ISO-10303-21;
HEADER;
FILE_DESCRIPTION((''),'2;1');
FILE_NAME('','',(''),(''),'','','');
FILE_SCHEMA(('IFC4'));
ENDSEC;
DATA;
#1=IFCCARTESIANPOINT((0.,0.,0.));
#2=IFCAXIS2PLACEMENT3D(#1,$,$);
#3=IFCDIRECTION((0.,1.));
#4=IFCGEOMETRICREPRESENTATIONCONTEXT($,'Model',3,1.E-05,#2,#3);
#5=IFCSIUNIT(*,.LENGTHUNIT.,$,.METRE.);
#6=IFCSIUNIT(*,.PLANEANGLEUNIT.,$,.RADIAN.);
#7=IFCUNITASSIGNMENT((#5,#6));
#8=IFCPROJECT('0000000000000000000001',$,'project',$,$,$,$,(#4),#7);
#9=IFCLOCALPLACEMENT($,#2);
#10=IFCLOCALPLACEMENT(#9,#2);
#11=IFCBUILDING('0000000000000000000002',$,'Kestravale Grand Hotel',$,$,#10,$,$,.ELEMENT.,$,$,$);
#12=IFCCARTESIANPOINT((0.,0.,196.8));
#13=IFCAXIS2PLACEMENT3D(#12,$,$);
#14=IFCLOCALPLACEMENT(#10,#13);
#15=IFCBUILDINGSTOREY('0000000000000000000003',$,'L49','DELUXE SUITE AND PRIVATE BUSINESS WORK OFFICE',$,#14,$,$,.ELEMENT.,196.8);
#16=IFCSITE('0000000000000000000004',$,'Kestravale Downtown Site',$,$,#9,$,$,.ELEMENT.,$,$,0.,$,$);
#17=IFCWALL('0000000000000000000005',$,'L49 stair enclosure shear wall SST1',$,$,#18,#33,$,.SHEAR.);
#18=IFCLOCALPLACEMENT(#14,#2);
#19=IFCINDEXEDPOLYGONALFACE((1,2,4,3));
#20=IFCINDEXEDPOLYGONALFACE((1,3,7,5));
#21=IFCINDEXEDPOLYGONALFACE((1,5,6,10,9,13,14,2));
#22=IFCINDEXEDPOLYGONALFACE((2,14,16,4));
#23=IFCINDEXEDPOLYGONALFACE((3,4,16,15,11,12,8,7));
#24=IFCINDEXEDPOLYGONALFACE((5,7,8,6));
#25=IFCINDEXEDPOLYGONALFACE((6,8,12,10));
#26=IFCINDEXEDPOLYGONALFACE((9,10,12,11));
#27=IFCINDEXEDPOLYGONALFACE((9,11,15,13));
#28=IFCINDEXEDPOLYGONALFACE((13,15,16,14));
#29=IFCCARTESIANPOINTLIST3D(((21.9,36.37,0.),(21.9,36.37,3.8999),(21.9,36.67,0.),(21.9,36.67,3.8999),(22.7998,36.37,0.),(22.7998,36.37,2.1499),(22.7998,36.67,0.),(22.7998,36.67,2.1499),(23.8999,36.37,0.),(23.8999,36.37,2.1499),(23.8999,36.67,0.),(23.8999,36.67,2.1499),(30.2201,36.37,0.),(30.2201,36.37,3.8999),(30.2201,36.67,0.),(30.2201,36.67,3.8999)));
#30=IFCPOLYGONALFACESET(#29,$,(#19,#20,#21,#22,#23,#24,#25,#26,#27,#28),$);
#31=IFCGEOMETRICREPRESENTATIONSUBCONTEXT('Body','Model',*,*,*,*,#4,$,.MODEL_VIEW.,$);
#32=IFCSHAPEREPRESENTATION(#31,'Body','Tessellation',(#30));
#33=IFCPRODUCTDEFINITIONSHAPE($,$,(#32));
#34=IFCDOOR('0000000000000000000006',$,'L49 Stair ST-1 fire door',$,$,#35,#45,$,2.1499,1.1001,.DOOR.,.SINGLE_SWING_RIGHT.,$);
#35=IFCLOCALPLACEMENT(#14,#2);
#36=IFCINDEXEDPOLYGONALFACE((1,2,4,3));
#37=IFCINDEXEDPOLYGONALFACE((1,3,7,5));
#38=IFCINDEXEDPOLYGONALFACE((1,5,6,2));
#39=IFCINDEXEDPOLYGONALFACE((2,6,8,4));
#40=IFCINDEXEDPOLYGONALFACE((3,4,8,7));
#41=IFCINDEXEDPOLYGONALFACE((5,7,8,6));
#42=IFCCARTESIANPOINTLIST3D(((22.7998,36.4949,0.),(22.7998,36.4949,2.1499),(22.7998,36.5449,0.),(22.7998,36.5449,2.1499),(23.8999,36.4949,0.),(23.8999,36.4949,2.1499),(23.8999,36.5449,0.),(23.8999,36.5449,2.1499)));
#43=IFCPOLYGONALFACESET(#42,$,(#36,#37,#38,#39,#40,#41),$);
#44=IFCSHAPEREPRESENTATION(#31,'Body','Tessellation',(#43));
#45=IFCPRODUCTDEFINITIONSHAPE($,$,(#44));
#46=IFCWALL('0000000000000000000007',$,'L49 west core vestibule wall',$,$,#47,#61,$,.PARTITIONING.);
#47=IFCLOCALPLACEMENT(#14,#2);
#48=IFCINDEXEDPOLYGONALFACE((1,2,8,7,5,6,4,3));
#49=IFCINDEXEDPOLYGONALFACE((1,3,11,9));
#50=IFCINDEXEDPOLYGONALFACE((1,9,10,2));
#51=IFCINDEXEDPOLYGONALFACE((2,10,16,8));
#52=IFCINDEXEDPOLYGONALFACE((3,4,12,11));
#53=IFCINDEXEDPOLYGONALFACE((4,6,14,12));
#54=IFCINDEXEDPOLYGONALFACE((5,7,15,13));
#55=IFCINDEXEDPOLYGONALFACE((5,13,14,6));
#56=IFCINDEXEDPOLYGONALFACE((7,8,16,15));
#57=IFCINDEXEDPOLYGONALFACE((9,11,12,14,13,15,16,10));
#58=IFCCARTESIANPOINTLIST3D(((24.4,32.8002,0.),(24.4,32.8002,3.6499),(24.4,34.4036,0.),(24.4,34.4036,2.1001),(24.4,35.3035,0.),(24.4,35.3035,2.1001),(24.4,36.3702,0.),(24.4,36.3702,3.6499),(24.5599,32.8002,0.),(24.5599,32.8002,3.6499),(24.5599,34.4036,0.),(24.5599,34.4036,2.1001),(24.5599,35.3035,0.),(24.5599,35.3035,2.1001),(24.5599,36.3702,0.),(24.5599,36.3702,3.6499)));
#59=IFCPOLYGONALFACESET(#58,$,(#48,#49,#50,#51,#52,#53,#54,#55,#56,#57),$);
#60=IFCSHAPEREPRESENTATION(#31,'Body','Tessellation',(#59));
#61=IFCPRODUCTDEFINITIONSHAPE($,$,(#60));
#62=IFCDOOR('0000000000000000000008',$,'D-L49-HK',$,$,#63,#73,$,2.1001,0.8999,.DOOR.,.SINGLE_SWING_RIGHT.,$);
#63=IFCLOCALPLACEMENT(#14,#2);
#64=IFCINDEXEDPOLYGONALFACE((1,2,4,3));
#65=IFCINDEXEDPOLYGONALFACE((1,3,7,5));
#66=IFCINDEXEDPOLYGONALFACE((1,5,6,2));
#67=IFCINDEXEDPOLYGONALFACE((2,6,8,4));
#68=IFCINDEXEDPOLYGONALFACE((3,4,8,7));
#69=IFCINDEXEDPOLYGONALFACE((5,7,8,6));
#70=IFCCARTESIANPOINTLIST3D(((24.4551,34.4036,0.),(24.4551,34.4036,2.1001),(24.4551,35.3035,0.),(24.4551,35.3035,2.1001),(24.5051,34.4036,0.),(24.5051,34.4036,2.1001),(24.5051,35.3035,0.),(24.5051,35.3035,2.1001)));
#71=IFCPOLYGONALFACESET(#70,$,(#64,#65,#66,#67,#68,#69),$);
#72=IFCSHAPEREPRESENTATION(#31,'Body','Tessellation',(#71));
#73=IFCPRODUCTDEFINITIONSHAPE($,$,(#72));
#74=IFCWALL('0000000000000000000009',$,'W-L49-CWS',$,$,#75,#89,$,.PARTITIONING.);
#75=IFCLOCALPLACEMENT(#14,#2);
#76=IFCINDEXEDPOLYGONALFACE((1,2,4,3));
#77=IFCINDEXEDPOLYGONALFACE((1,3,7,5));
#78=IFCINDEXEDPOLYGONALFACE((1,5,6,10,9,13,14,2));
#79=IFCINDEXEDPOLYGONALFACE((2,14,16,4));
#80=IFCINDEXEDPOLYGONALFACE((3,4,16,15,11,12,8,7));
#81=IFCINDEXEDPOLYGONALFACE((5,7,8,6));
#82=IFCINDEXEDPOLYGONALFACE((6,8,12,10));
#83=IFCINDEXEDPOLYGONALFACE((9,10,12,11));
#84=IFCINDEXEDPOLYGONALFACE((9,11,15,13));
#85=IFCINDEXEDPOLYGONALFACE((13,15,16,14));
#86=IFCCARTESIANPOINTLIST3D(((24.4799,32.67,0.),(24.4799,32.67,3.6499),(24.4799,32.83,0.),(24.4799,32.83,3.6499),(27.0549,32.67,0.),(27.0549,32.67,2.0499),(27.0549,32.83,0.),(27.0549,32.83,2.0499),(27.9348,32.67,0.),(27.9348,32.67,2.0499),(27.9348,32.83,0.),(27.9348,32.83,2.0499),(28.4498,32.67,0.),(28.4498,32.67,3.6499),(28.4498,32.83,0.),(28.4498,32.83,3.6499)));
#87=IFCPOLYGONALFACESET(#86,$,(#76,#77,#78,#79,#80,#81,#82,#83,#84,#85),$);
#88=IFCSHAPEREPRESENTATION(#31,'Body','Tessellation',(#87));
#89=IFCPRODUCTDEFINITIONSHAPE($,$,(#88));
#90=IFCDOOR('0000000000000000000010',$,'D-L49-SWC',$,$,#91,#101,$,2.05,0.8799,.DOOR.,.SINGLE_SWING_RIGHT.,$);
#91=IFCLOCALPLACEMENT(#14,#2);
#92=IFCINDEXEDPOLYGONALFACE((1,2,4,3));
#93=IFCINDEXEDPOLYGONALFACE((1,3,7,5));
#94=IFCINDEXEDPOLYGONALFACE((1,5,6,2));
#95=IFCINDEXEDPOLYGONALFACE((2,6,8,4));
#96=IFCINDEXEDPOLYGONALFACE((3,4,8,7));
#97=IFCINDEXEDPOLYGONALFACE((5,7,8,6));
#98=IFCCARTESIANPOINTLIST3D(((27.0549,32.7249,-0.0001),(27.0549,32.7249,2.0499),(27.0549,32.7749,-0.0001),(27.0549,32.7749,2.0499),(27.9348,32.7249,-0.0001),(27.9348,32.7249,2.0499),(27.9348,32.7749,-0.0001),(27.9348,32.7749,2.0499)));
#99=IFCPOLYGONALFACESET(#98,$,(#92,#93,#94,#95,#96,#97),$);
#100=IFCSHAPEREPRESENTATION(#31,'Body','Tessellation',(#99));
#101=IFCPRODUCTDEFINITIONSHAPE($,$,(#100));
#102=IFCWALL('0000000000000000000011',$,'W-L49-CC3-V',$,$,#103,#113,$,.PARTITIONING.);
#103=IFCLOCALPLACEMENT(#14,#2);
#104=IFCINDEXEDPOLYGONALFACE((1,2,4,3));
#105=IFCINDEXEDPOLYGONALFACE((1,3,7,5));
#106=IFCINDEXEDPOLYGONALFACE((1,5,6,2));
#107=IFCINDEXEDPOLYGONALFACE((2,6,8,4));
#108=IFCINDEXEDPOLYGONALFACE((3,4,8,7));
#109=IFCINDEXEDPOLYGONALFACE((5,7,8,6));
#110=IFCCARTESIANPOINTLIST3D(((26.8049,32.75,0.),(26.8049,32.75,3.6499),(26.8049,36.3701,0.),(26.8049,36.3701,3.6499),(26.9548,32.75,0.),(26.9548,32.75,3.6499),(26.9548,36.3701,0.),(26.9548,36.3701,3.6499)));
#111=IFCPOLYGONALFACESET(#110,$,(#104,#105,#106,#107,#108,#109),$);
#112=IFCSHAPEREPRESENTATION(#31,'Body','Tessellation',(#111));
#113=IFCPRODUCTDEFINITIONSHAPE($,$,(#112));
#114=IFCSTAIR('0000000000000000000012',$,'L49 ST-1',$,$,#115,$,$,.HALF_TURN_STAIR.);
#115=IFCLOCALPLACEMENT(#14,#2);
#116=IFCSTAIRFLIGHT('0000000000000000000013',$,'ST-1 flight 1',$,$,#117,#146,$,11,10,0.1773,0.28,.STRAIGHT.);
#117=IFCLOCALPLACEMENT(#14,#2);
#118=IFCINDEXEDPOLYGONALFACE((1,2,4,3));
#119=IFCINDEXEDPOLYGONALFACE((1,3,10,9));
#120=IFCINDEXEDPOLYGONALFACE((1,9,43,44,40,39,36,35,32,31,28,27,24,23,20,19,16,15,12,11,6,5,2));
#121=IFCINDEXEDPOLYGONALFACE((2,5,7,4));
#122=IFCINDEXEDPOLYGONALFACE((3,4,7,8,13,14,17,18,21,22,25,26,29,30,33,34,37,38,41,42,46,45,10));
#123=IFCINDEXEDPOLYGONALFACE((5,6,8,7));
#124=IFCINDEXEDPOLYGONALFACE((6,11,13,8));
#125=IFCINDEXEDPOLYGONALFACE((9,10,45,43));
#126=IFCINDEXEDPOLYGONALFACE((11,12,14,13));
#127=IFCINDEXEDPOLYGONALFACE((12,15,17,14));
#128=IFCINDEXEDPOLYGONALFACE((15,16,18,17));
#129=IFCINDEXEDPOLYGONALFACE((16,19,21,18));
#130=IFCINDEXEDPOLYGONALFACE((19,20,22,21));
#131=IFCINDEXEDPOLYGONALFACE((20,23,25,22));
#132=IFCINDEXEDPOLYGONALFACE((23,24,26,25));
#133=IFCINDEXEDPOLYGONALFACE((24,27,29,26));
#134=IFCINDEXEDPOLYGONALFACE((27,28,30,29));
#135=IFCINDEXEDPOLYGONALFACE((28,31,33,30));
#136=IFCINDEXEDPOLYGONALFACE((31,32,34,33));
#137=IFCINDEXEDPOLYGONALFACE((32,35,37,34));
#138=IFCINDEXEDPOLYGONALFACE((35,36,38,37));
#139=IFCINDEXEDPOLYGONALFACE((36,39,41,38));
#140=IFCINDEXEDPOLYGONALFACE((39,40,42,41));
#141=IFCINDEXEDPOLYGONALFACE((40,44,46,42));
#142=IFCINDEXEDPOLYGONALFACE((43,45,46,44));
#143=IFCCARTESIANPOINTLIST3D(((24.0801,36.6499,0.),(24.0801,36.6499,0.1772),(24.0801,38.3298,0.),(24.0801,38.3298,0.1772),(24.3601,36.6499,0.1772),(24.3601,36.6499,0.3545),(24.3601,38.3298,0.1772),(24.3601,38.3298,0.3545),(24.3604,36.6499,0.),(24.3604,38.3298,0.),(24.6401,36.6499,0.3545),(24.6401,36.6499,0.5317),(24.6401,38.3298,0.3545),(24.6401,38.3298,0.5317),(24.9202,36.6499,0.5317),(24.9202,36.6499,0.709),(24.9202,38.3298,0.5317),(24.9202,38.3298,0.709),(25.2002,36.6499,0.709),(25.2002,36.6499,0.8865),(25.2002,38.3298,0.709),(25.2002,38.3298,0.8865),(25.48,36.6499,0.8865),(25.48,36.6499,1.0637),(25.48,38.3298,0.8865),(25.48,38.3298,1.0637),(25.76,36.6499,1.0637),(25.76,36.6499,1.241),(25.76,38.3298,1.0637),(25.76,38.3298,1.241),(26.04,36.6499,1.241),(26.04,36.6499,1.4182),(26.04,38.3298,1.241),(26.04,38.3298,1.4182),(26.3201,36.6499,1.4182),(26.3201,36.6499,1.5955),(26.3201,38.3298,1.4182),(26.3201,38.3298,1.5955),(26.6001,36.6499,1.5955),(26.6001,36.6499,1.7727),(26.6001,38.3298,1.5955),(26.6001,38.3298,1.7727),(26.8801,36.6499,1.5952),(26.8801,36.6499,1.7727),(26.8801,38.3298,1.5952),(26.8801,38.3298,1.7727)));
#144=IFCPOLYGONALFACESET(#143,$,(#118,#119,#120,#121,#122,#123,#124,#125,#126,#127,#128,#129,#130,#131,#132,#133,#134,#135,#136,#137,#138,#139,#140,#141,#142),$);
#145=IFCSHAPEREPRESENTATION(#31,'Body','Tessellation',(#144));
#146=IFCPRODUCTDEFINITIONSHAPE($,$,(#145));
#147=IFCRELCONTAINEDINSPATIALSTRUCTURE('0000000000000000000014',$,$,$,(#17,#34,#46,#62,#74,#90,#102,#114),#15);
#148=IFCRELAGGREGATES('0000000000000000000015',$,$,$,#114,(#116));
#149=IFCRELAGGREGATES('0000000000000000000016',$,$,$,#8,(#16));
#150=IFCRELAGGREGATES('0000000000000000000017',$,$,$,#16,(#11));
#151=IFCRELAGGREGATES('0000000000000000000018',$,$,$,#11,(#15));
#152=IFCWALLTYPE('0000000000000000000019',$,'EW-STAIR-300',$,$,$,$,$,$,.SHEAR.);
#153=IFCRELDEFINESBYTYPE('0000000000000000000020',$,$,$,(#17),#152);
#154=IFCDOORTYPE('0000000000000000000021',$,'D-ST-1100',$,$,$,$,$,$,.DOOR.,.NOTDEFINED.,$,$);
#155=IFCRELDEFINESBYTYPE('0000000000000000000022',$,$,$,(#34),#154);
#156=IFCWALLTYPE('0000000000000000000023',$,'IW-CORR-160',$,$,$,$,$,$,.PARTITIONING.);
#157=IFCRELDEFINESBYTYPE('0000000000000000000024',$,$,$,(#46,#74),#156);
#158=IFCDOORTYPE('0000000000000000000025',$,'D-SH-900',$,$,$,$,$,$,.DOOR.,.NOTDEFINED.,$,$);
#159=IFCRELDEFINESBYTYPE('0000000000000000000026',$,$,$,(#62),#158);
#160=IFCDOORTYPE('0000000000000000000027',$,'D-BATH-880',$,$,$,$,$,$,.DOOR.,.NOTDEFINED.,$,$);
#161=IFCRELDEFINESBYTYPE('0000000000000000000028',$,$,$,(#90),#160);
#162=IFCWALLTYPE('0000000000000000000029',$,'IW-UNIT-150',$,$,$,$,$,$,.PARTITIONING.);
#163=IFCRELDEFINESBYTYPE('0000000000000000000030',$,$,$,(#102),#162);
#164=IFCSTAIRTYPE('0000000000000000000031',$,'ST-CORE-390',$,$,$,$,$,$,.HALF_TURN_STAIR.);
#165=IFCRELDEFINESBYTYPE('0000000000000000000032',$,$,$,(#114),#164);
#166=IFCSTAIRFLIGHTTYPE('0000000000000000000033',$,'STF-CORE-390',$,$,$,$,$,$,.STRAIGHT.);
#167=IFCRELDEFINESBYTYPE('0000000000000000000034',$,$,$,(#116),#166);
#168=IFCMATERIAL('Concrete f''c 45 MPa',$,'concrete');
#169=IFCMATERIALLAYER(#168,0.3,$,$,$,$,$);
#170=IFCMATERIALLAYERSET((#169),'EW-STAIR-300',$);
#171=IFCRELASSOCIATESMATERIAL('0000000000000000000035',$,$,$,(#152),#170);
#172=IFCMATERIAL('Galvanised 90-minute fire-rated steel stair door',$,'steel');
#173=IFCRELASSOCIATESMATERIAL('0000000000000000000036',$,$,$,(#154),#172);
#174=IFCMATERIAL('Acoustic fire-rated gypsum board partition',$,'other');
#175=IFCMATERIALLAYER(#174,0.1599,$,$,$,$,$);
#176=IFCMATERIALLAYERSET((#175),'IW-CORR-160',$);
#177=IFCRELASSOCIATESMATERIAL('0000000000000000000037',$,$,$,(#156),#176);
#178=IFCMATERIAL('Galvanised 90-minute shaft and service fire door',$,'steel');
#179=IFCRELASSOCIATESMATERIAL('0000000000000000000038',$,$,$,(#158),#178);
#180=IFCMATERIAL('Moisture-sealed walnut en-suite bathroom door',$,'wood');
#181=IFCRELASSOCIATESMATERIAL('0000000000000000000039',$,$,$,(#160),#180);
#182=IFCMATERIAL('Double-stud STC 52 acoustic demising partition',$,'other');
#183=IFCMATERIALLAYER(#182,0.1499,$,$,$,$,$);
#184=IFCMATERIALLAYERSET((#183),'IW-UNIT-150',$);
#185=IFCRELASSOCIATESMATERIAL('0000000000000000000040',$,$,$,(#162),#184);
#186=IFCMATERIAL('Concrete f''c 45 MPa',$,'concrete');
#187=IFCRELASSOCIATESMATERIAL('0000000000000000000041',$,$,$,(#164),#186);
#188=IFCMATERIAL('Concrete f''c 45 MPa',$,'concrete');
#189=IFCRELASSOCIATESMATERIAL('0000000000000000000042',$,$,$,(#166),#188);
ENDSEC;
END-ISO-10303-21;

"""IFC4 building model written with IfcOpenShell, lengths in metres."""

from ifc_helpers import new_model, si_unit, direction, frame, frame_2d, origin, place, context, subcontext, project, spatial, polyline, rectangle, outline, extrude, material, layer, layer_set, type_object, element, fill, aggregate, save


model = new_model("IFC4")

# Units and contexts
model_context = context("Model", 3, precision=1e-05, world=origin(), true_north=direction((0.0, 1.0)))
body_context = subcontext(model_context, "Body", "Model", "MODEL_VIEW")
ifc_project = project(units=[si_unit("LENGTHUNIT", "METRE"), si_unit("PLANEANGLEUNIT", "RADIAN")], contexts=[model_context])

# Site, building, storey
site_placement = place(None, origin())
site = spatial("IfcSite", under=ifc_project, at=site_placement, Name="Kestravale Downtown Site", CompositionType="ELEMENT", RefElevation=0.0)
building_placement = place(site_placement, origin())
building = spatial("IfcBuilding", under=site, at=building_placement, Name="Kestravale Grand Hotel", CompositionType="ELEMENT")
storey_placement = place(building_placement, frame((0.0, 0.0, 196.8)))
storey = spatial("IfcBuildingStorey", under=building, at=storey_placement, Name="L49", Description="DELUXE SUITE AND PRIVATE BUSINESS WORK OFFICE", CompositionType="ELEMENT", Elevation=196.8)

# Walls, openings, doors
ifc_material_1 = material(Name="Concrete f'c 45 MPa", Category="concrete")
ifc_layer_1 = layer(ifc_material_1, 0.3)
ifc_layer_set_1 = layer_set([ifc_layer_1], Name="EW-STAIR-300")
wall_type_1 = type_object("IfcWallType", Name="EW-STAIR-300", PredefinedType="SHEAR", material=ifc_layer_set_1)
wall_1_placement = place(storey_placement, frame((21.8999, 36.52, 0.0), z_axis=(0.0, 0.0, 1.0), x_axis=(1.0, 0.0, 0.0)))
wall_1 = element("IfcWall", 1, at=wall_1_placement, inside=storey, type_object=wall_type_1, Name="L49 stair enclosure shear wall SST1", PredefinedType="SHEAR", context=body_context, shape_type="SweptSolid", body=[
    extrude(rectangle(XDim=8.3201, YDim=0.3, at=frame_2d((4.1602, 0.0))), origin(), (0.0, 0.0, 1.0), 3.8999),
])
opening_1_placement = place(wall_1_placement, frame((0.8999, 0.0, 0.0)))
opening_1 = element("IfcOpeningElement", 2, at=opening_1_placement, cuts=wall_1, PredefinedType="OPENING", context=body_context, shape_type="SweptSolid", body=[
    extrude(rectangle(XDim=1.1001, YDim=2.1499, at=frame_2d((0.55, 1.075))), frame((0.0, 0.1599, 0.0), z_axis=(0.0, -1.0, 0.0), x_axis=(1.0, 0.0, 0.0)), (0.0, 0.0, 1.0), 0.3201),
])
ifc_material_2 = material(Name="Galvanised 90-minute fire-rated steel stair door", Category="steel")
door_type_1 = type_object("IfcDoorType", Name="D-ST-1100", OperationType="NOTDEFINED", PredefinedType="DOOR", material=ifc_material_2)
door_1_placement = place(opening_1_placement, origin())
door_1 = element("IfcDoor", 3, at=door_1_placement, inside=storey, type_object=door_type_1, Name="L49 Stair ST-1 fire door", OperationType="SINGLE_SWING_RIGHT", OverallHeight=2.1499, OverallWidth=1.1001, PredefinedType="DOOR", context=body_context, shape_type="SweptSolid", body=[
    extrude(rectangle(XDim=1.1001, YDim=2.1499, at=frame_2d((0.55, 1.075))), frame((0.0, 0.0249, 0.0), z_axis=(0.0, -1.0, 0.0), x_axis=(1.0, 0.0, 0.0)), (0.0, 0.0, 1.0), 0.05),
])
fill(opening_1, door_1)
ifc_material_3 = material(Name="Acoustic fire-rated gypsum board partition", Category="other")
ifc_layer_2 = layer(ifc_material_3, 0.1599)
ifc_layer_set_2 = layer_set([ifc_layer_2], Name="IW-CORR-160")
wall_type_2 = type_object("IfcWallType", Name="IW-CORR-160", PredefinedType="PARTITIONING", material=ifc_layer_set_2)
wall_2_placement = place(storey_placement, frame((24.48, 32.8, 0.0), z_axis=(0.0, 0.0, 1.0), x_axis=(0.0, 1.0, 0.0)))
wall_2 = element("IfcWall", 4, at=wall_2_placement, inside=storey, type_object=wall_type_2, Name="L49 west core vestibule wall", PredefinedType="PARTITIONING", context=body_context, shape_type="SweptSolid", body=[
    extrude(rectangle(XDim=3.5701, YDim=0.1599, at=frame_2d((1.7852, 0.0))), origin(), (0.0, 0.0, 1.0), 3.6499),
])
opening_2_placement = place(wall_2_placement, frame((1.6035, 0.0, 0.0)))
opening_2 = element("IfcOpeningElement", 5, at=opening_2_placement, cuts=wall_2, PredefinedType="OPENING", context=body_context, shape_type="SweptSolid", body=[
    extrude(rectangle(XDim=0.8999, YDim=2.1001, at=frame_2d((0.45, 1.05))), frame((0.0, 0.0898, 0.0), z_axis=(0.0, -1.0, 0.0), x_axis=(1.0, 0.0, 0.0)), (0.0, 0.0, 1.0), 0.1799),
])
ifc_material_4 = material(Name="Galvanised 90-minute shaft and service fire door", Category="steel")
door_type_2 = type_object("IfcDoorType", Name="D-SH-900", OperationType="NOTDEFINED", PredefinedType="DOOR", material=ifc_material_4)
door_2_placement = place(opening_2_placement, origin())
door_2 = element("IfcDoor", 6, at=door_2_placement, inside=storey, type_object=door_type_2, Name="D-L49-HK", OperationType="SINGLE_SWING_RIGHT", OverallHeight=2.1001, OverallWidth=0.8999, PredefinedType="DOOR", context=body_context, shape_type="SweptSolid", body=[
    extrude(rectangle(XDim=0.8999, YDim=2.1001, at=frame_2d((0.45, 1.05))), frame((0.0, 0.0249, 0.0), z_axis=(0.0, -1.0, 0.0), x_axis=(1.0, 0.0, 0.0)), (0.0, 0.0, 1.0), 0.05),
])
fill(opening_2, door_2)
wall_3_placement = place(storey_placement, frame((24.48, 32.75, 0.0), z_axis=(0.0, 0.0, 1.0), x_axis=(1.0, 0.0, 0.0)))
wall_3 = element("IfcWall", 7, at=wall_3_placement, inside=storey, type_object=wall_type_2, Name="W-L49-CWS", PredefinedType="PARTITIONING", context=body_context, shape_type="SweptSolid", body=[
    extrude(rectangle(XDim=3.97, YDim=0.1599, at=frame_2d((1.9849, 0.0))), origin(), (0.0, 0.0, 1.0), 3.6499),
])
opening_3_placement = place(wall_3_placement, frame((2.575, 0.0, 0.0)))
opening_3 = element("IfcOpeningElement", 8, at=opening_3_placement, cuts=wall_3, PredefinedType="OPENING", context=body_context, shape_type="SweptSolid", body=[
    extrude(rectangle(XDim=0.8799, YDim=2.05, at=frame_2d((0.4399, 1.0249))), frame((0.0, 0.0898, 0.0), z_axis=(0.0, -1.0, 0.0), x_axis=(1.0, 0.0, 0.0)), (0.0, 0.0, 1.0), 0.1799),
])
ifc_material_5 = material(Name="Moisture-sealed walnut en-suite bathroom door", Category="wood")
door_type_3 = type_object("IfcDoorType", Name="D-BATH-880", OperationType="NOTDEFINED", PredefinedType="DOOR", material=ifc_material_5)
door_3_placement = place(opening_3_placement, origin())
door_3 = element("IfcDoor", 9, at=door_3_placement, inside=storey, type_object=door_type_3, Name="D-L49-SWC", OperationType="SINGLE_SWING_RIGHT", OverallHeight=2.05, OverallWidth=0.8799, PredefinedType="DOOR", context=body_context, shape_type="SweptSolid", body=[
    extrude(rectangle(XDim=0.8799, YDim=2.05, at=frame_2d((0.4399, 1.0249))), frame((0.0, 0.0249, 0.0), z_axis=(0.0, -1.0, 0.0), x_axis=(1.0, 0.0, 0.0)), (0.0, 0.0, 1.0), 0.05),
])
fill(opening_3, door_3)

# Wall
ifc_material_6 = material(Name="Double-stud STC 52 acoustic demising partition", Category="other")
ifc_layer_3 = layer(ifc_material_6, 0.1499)
ifc_layer_set_3 = layer_set([ifc_layer_3], Name="IW-UNIT-150")
wall_type_3 = type_object("IfcWallType", Name="IW-UNIT-150", PredefinedType="PARTITIONING", material=ifc_layer_set_3)
wall_4_placement = place(storey_placement, frame((26.8799, 32.75, 0.0), z_axis=(0.0, 0.0, 1.0), x_axis=(0.0, 1.0, 0.0)))
element("IfcWall", 10, at=wall_4_placement, inside=storey, type_object=wall_type_3, Name="W-L49-CC3-V", PredefinedType="PARTITIONING", context=body_context, shape_type="SweptSolid", body=[
    extrude(rectangle(XDim=3.6201, YDim=0.1499, at=frame_2d((1.8101, 0.0))), origin(), (0.0, 0.0, 1.0), 3.6499),
])

# Stair, stair flight
ifc_material_7 = material(Name="Concrete f'c 45 MPa", Category="concrete")
stair_type = type_object("IfcStairType", Name="ST-CORE-390", PredefinedType="HALF_TURN_STAIR", material=ifc_material_7)
stair_placement = place(storey_placement, origin())
stair = element("IfcStair", 11, at=stair_placement, inside=storey, type_object=stair_type, Name="L49 ST-1", PredefinedType="HALF_TURN_STAIR")
ifc_material_8 = material(Name="Concrete f'c 45 MPa", Category="concrete")
stair_flight_type = type_object("IfcStairFlightType", Name="STF-CORE-390", PredefinedType="STRAIGHT", material=ifc_material_8)
stair_flight_1_placement = place(storey_placement, frame((24.0801, 37.49, 0.0), z_axis=(0.0, 0.0, 1.0), x_axis=(1.0, 0.0, 0.0)))
stair_flight_1 = element("IfcStairFlight", 12, at=stair_flight_1_placement, type_object=stair_flight_type, Name="ST-1 flight 1", NumberOfRisers=11, NumberOfTreads=10, PredefinedType="STRAIGHT", RiserHeight=0.1773, TreadLength=0.28, context=body_context, shape_type="SweptSolid", body=[
    extrude(outline(polyline([(0.0, 0.0), (0.0, 0.1772), (0.28, 0.1772), (0.28, 0.3545), (0.5601, 0.3545), (0.5601, 0.5317), (0.8401, 0.5317), (0.8401, 0.709), (1.1201, 0.709), (1.1201, 0.8865), (1.3999, 0.8865), (1.3999, 1.0637), (1.6799, 1.0637), (1.6799, 1.241), (1.96, 1.241), (1.96, 1.4182), (2.24, 1.4182), (2.24, 1.5955), (2.52, 1.5955), (2.52, 1.7727), (2.8, 1.7727), (2.8, 1.95), (2.8, 1.5952), (0.2803, 0.0), (0.0, 0.0)])), frame((0.0, 0.8398, 0.0), z_axis=(0.0, -1.0, 0.0), x_axis=(1.0, 0.0, 0.0)), (0.0, 0.0, 1.0), 1.6799),
])
aggregate(stair, [stair_flight_1])

save(model, "model.ifc")
